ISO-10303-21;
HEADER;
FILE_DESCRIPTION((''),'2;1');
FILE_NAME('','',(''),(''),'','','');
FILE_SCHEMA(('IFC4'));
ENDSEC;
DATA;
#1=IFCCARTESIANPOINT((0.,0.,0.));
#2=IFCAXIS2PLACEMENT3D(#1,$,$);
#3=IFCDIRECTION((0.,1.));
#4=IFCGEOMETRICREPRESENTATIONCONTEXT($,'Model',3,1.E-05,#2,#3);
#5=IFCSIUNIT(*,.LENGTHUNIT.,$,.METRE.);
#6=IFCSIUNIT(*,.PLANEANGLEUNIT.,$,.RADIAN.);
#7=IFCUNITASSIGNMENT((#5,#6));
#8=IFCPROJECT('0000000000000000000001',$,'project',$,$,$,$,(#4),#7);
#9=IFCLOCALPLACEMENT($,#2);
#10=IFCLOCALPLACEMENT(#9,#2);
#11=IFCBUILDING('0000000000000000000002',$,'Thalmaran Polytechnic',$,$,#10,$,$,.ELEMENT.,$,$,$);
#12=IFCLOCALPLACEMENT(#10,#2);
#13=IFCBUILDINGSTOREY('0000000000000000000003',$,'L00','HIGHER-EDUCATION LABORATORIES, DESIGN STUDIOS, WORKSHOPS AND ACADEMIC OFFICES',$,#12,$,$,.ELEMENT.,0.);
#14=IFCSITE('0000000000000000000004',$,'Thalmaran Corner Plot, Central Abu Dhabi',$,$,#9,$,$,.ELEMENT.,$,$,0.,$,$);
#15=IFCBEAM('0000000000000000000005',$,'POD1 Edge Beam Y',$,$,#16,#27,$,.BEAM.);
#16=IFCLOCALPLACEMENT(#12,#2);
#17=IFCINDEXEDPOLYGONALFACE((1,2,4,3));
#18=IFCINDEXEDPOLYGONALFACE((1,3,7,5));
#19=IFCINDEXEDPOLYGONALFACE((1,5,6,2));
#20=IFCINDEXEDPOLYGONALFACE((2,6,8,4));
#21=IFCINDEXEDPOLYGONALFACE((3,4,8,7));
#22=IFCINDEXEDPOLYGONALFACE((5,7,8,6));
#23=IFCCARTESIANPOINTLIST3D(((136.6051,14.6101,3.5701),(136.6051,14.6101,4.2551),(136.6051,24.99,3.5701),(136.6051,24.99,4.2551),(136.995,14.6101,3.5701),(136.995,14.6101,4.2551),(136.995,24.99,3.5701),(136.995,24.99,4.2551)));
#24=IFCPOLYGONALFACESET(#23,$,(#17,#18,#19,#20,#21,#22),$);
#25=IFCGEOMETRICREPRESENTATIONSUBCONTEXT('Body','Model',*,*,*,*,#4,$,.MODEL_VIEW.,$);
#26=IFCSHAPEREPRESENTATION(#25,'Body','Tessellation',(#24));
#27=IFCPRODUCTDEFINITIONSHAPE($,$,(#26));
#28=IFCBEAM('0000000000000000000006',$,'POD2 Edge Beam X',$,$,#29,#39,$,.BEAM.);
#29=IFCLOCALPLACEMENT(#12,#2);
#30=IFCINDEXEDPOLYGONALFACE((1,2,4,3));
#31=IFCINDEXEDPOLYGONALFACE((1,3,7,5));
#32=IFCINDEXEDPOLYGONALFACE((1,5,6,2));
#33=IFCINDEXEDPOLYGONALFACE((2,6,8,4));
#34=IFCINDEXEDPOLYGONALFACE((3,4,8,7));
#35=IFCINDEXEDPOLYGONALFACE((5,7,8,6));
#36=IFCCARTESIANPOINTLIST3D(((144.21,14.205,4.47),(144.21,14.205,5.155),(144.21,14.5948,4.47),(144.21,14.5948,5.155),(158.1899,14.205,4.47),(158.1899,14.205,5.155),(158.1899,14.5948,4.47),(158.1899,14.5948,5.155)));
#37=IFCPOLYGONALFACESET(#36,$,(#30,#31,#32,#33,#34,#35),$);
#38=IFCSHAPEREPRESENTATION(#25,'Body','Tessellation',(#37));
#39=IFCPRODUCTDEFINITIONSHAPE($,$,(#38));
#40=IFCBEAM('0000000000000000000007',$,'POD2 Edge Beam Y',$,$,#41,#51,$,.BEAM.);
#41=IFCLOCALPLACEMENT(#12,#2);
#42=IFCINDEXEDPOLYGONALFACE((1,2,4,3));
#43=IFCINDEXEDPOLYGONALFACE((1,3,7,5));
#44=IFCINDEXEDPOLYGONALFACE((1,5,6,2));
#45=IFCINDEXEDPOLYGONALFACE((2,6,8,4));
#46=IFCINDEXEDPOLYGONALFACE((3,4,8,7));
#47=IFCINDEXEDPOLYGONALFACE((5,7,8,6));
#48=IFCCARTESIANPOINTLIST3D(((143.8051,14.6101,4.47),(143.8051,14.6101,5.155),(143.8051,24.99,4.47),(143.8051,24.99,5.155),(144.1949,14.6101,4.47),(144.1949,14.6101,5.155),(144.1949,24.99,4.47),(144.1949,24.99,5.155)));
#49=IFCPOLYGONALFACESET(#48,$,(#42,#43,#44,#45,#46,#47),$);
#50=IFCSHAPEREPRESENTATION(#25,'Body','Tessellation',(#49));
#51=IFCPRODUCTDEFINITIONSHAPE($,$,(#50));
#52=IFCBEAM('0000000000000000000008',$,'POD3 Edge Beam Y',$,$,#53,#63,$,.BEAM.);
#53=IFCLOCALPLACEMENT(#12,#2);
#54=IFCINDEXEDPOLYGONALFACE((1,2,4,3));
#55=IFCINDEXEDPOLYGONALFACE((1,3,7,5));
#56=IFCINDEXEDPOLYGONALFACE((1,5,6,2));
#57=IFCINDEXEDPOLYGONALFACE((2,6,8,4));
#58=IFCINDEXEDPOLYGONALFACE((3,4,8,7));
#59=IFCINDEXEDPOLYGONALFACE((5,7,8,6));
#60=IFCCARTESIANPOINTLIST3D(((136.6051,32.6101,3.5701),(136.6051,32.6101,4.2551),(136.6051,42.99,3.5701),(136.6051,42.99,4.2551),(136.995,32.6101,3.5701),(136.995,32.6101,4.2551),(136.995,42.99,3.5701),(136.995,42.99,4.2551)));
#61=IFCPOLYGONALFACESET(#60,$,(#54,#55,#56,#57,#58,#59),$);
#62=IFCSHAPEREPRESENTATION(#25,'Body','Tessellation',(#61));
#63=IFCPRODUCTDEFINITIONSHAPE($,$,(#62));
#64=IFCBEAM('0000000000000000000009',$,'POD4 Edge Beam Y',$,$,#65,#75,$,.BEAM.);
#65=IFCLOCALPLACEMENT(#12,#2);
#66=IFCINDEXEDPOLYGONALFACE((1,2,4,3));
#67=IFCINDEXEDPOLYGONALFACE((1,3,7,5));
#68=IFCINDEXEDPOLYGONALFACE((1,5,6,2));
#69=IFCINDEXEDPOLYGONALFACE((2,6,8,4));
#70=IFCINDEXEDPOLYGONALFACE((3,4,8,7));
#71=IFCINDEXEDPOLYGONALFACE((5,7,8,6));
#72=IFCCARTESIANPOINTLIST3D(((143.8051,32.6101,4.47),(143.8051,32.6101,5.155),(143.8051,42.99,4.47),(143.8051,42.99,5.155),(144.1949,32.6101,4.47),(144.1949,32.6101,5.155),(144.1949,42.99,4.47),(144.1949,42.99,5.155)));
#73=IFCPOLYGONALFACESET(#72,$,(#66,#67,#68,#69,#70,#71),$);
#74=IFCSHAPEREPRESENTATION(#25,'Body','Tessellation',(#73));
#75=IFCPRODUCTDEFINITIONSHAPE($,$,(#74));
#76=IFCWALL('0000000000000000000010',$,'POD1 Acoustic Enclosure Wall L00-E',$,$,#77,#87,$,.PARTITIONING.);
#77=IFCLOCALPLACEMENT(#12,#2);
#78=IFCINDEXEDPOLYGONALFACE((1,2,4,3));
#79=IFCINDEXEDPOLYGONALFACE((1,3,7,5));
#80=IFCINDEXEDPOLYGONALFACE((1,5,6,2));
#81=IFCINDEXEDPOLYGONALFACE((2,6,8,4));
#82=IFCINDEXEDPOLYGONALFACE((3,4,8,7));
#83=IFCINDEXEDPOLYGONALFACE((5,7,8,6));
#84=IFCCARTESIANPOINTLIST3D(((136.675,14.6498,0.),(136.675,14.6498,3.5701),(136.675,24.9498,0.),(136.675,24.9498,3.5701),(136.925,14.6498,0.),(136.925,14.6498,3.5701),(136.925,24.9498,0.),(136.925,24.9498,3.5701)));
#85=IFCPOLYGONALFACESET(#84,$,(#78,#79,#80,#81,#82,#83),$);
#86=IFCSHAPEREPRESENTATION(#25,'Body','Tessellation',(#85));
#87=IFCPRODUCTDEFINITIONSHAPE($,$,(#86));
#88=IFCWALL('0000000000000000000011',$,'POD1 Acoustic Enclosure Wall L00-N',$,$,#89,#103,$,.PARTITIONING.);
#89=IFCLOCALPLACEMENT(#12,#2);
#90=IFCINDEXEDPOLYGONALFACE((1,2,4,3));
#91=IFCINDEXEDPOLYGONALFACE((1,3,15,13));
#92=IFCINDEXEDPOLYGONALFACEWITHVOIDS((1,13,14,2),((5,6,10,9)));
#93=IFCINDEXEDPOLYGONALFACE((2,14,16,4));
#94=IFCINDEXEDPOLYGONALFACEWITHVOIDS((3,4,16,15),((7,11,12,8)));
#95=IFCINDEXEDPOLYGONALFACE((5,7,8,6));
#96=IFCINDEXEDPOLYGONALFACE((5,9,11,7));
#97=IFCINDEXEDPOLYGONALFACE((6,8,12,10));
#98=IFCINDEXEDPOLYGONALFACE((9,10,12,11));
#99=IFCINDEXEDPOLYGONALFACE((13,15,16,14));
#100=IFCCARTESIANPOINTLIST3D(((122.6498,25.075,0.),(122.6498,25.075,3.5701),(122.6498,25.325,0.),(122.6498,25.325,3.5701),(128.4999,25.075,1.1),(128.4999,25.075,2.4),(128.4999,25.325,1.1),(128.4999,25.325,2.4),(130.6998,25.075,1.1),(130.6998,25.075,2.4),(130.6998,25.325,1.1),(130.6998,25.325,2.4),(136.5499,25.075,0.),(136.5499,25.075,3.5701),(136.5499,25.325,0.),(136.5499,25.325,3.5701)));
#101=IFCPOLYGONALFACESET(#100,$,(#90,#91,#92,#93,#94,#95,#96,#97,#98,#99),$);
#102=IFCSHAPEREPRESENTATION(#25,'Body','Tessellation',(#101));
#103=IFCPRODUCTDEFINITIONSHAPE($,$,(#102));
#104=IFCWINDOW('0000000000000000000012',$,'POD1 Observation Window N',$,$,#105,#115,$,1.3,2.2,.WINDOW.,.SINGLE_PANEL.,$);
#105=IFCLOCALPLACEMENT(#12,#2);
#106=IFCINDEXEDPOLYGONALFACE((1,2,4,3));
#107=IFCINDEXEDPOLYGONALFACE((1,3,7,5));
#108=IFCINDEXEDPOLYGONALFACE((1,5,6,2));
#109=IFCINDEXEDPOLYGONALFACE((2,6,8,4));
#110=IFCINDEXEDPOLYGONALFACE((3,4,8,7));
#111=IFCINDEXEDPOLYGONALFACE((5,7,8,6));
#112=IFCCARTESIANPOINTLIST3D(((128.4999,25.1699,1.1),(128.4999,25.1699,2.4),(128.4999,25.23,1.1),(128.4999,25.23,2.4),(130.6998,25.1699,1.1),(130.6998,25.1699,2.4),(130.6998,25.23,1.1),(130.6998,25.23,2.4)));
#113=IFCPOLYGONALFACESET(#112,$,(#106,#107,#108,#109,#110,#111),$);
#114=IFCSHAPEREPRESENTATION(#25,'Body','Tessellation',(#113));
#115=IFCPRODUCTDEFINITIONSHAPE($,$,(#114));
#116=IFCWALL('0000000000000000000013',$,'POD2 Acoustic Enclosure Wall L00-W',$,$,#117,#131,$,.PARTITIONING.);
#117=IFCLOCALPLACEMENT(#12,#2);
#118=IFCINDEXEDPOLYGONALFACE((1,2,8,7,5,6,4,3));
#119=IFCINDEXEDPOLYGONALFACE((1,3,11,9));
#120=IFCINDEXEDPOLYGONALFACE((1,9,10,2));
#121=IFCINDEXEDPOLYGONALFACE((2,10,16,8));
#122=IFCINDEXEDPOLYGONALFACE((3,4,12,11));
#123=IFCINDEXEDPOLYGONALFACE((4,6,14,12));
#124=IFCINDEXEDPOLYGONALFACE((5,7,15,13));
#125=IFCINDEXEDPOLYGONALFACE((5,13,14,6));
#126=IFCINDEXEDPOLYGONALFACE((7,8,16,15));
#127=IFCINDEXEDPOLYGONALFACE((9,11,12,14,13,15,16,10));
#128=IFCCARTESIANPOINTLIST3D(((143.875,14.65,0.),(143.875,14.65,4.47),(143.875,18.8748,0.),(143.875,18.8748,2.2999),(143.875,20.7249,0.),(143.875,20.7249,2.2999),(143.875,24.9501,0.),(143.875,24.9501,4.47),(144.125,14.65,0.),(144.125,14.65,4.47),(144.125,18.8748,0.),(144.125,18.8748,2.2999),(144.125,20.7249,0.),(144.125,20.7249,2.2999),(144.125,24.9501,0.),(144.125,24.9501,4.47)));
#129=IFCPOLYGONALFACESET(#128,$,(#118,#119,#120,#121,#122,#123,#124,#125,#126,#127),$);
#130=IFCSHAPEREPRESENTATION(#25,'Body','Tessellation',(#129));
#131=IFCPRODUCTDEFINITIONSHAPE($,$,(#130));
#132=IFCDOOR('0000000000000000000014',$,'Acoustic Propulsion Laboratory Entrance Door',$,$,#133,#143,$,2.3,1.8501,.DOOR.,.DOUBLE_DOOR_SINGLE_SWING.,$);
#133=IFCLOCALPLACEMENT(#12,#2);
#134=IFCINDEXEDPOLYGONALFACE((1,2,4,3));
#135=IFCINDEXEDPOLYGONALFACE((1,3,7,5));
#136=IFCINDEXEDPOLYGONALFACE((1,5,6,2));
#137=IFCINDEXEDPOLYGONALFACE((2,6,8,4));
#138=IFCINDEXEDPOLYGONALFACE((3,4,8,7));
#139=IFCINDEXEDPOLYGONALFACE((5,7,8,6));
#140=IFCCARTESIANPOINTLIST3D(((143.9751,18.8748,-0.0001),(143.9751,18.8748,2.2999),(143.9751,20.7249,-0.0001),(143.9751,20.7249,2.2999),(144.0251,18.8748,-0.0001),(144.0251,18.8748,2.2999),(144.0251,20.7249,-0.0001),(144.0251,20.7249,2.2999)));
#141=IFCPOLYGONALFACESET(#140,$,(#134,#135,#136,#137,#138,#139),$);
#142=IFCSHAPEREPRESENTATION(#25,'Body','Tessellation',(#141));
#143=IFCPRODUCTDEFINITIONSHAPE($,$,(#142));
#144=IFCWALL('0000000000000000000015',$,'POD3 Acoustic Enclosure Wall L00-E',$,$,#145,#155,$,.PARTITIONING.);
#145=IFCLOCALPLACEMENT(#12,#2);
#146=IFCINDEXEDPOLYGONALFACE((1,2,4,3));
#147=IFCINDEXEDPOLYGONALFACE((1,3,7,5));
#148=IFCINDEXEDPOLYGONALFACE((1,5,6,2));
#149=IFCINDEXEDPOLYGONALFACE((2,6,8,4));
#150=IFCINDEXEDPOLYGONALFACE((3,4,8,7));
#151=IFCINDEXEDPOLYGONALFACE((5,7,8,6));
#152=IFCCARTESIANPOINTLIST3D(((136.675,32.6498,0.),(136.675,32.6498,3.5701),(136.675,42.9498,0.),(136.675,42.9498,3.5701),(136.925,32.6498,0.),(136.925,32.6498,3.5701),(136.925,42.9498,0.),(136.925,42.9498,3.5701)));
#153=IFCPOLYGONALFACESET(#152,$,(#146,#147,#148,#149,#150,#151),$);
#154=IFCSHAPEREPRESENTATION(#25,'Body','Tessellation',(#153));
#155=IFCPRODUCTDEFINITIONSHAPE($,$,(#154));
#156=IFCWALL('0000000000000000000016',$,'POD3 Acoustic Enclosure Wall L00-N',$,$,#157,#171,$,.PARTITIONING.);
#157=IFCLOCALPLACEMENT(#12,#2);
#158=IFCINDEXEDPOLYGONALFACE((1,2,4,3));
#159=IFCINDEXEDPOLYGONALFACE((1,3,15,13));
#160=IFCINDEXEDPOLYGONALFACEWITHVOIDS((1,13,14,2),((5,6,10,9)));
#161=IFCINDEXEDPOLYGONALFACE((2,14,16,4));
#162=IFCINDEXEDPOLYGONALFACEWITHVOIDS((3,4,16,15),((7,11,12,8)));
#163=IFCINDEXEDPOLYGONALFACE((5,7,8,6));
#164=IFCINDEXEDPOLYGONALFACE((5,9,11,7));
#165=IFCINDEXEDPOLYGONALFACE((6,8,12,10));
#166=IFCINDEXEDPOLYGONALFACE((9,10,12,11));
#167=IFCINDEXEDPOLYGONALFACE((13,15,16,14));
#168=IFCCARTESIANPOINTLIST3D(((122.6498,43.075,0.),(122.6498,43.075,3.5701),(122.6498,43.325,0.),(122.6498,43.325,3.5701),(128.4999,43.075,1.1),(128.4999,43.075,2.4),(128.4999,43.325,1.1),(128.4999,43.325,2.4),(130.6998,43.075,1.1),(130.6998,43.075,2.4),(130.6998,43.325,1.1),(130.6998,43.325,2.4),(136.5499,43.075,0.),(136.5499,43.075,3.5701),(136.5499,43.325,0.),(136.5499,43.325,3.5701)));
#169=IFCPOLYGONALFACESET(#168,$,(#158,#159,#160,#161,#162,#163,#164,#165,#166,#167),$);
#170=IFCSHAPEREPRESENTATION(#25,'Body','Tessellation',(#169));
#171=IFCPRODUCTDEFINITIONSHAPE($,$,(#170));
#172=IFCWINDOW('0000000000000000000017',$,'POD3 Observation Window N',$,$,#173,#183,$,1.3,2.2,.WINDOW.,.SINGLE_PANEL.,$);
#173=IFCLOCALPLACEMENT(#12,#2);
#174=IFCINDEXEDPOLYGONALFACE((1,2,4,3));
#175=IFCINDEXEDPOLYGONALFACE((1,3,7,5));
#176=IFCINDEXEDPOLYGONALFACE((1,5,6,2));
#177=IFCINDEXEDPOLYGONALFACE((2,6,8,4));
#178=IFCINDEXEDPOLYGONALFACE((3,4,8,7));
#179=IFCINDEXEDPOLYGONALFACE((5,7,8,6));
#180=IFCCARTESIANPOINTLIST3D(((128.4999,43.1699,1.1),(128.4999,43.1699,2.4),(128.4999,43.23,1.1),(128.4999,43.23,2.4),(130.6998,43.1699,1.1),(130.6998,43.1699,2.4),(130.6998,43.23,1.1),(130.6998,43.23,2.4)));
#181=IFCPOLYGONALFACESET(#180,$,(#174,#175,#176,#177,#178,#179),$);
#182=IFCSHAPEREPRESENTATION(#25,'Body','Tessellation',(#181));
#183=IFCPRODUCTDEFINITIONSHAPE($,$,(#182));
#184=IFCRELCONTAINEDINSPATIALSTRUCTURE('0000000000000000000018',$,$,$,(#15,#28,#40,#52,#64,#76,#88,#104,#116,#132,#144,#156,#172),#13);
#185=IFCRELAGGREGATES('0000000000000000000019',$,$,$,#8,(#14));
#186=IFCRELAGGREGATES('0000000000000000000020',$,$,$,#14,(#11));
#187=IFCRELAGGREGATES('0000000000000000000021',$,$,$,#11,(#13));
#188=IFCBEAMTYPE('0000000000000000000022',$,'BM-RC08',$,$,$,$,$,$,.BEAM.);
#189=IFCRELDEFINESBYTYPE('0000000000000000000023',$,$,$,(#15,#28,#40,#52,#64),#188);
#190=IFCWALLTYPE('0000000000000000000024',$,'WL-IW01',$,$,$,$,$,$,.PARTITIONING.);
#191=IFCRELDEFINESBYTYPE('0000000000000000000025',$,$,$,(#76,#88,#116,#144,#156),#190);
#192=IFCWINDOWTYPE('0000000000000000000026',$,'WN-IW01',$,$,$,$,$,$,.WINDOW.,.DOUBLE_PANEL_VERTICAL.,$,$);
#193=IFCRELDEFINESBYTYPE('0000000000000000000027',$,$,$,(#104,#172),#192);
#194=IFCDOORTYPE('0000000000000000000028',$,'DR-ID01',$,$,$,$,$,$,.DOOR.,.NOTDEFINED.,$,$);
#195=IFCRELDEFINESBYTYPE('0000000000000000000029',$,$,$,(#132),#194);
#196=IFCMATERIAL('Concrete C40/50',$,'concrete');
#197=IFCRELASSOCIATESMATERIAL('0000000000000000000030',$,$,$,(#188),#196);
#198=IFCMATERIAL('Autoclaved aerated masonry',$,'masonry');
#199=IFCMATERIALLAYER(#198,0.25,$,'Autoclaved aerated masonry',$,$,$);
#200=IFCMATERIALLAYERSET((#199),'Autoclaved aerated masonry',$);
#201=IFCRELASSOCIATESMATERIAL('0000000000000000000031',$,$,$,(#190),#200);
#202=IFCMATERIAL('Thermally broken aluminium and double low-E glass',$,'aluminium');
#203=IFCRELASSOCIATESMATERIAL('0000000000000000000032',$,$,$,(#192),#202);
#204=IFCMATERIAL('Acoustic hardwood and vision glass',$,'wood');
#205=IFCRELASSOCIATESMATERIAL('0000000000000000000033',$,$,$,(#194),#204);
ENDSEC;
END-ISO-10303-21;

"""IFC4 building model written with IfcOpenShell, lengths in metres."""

from ifc_helpers import new_model, si_unit, direction, frame, frame_2d, origin, origin_2d, place, context, subcontext, project, spatial, rectangle, extrude, material, layer, layer_set, material_profile, profile_set, type_object, element, fill, save


model = new_model("IFC4")

# Units and contexts
model_context = context("Model", 3, precision=1e-05, world=origin(), true_north=direction((0.0, 1.0)))
body_context = subcontext(model_context, "Body", "Model", "MODEL_VIEW")
ifc_project = project(units=[si_unit("LENGTHUNIT", "METRE"), si_unit("PLANEANGLEUNIT", "RADIAN")], contexts=[model_context])

# Site, building, storey
site_placement = place(None, origin())
site = spatial("IfcSite", under=ifc_project, at=site_placement, Name="Thalmaran Corner Plot, Central Abu Dhabi", CompositionType="ELEMENT", RefElevation=0.0)
building_placement = place(site_placement, origin())
building = spatial("IfcBuilding", under=site, at=building_placement, Name="Thalmaran Polytechnic", CompositionType="ELEMENT")
storey_placement = place(building_placement, origin())
storey = spatial("IfcBuildingStorey", under=building, at=storey_placement, Name="L00", Description="HIGHER-EDUCATION LABORATORIES, DESIGN STUDIOS, WORKSHOPS AND ACADEMIC OFFICES", CompositionType="ELEMENT", Elevation=0.0)

# Shared definitions
ifc_material_1 = material(Name="Concrete C40/50", Category="concrete")

# Beams
ifc_material_profile_1 = material_profile(ifc_material_1, rectangle(XDim=0.3899, YDim=0.6851, at=origin_2d()), Name="RC 390x685")
ifc_profile_set_1 = profile_set([ifc_material_profile_1], Name="Concrete C40/50")
beam_type = type_object("IfcBeamType", Name="BM-RC08", PredefinedType="BEAM", material=ifc_profile_set_1)
beam_1_placement = place(storey_placement, frame((136.8, 14.6101, 3.9126), z_axis=(0.0, 1.0, 0.0), x_axis=(-1.0, 0.0, 0.0)))
element("IfcBeam", 1, at=beam_1_placement, inside=storey, type_object=beam_type, Name="POD1 Edge Beam Y", PredefinedType="BEAM", context=body_context, shape_type="SweptSolid", body=[
    extrude(rectangle(XDim=0.3899, YDim=0.6851, at=origin_2d()), origin(), (0.0, 0.0, 1.0), 10.3799),
])
beam_2_placement = place(storey_placement, frame((144.21, 14.3999, 4.8125), z_axis=(1.0, 0.0, 0.0), x_axis=(0.0, 1.0, 0.0)))
element("IfcBeam", 2, at=beam_2_placement, inside=storey, type_object=beam_type, Name="POD2 Edge Beam X", PredefinedType="BEAM", context=body_context, shape_type="SweptSolid", body=[
    extrude(rectangle(XDim=0.3899, YDim=0.6851, at=origin_2d()), origin(), (0.0, 0.0, 1.0), 13.98),
])
for number, where, z_axis, x_axis, name in (
    (3, (144.0, 14.6101, 4.8125), (0.0, 1.0, 0.0), (-1.0, 0.0, 0.0), "POD2 Edge Beam Y"),
    (4, (136.8, 32.6101, 3.9126), (0.0, 1.0, 0.0), (-1.0, 0.0, 0.0), "POD3 Edge Beam Y"),
    (5, (144.0, 32.6101, 4.8125), (0.0, 1.0, 0.0), (-1.0, 0.0, 0.0), "POD4 Edge Beam Y"),
):
    element("IfcBeam", number, at=place(storey_placement, frame(where, z_axis=z_axis, x_axis=x_axis)), inside=storey, type_object=beam_type, Name=name, PredefinedType="BEAM", context=body_context, shape_type="SweptSolid", body=[
        extrude(rectangle(XDim=0.3899, YDim=0.6851, at=origin_2d()), origin(), (0.0, 0.0, 1.0), 10.3799),
    ])

# Wall
ifc_material_2 = material(Name="Autoclaved aerated masonry", Category="masonry")
ifc_layer = layer(ifc_material_2, 0.25, Name="Autoclaved aerated masonry")
ifc_layer_set = layer_set([ifc_layer], Name="Autoclaved aerated masonry")
wall_type = type_object("IfcWallType", Name="WL-IW01", PredefinedType="PARTITIONING", material=ifc_layer_set)
wall_1_placement = place(storey_placement, frame((136.8, 14.6499, 0.0), z_axis=(0.0, 0.0, 1.0), x_axis=(0.0, 1.0, 0.0)))
element("IfcWall", 6, at=wall_1_placement, inside=storey, type_object=wall_type, Name="POD1 Acoustic Enclosure Wall L00-E", PredefinedType="PARTITIONING", context=body_context, shape_type="SweptSolid", body=[
    extrude(rectangle(XDim=10.3, YDim=0.25, at=frame_2d((5.1499, 0.0))), origin(), (0.0, 0.0, 1.0), 3.5701),
])

# Wall, opening, window
wall_2_placement = place(storey_placement, frame((136.55, 25.2, 0.0), z_axis=(0.0, 0.0, 1.0), x_axis=(-1.0, 0.0, 0.0)))
wall_2 = element("IfcWall", 7, at=wall_2_placement, inside=storey, type_object=wall_type, Name="POD1 Acoustic Enclosure Wall L00-N", PredefinedType="PARTITIONING", context=body_context, shape_type="SweptSolid", body=[
    extrude(rectangle(XDim=13.9001, YDim=0.25, at=frame_2d((6.9502, 0.0))), origin(), (0.0, 0.0, 1.0), 3.5701),
])
opening_1_placement = place(wall_2_placement, frame((5.8501, 0.0, 1.1001)))
opening_1 = element("IfcOpeningElement", 8, at=opening_1_placement, cuts=wall_2, PredefinedType="OPENING", context=body_context, shape_type="SweptSolid", body=[
    extrude(rectangle(XDim=2.2, YDim=1.3, at=frame_2d((1.1001, 0.6499))), frame((0.0, 0.135, 0.0), z_axis=(0.0, -1.0, 0.0), x_axis=(1.0, 0.0, 0.0)), (0.0, 0.0, 1.0), 0.27),
])
ifc_material_3 = material(Name="Thermally broken aluminium and double low-E glass", Category="aluminium")
window_type = type_object("IfcWindowType", Name="WN-IW01", PartitioningType="DOUBLE_PANEL_VERTICAL", PredefinedType="WINDOW", material=ifc_material_3)
window_1_placement = place(opening_1_placement, origin())
window_1 = element("IfcWindow", 9, at=window_1_placement, inside=storey, type_object=window_type, Name="POD1 Observation Window N", OverallHeight=1.3, OverallWidth=2.2, PartitioningType="SINGLE_PANEL", PredefinedType="WINDOW", context=body_context, shape_type="SweptSolid", body=[
    extrude(rectangle(XDim=2.2, YDim=1.3, at=frame_2d((1.1001, 0.6499))), frame((0.0, 0.03, 0.0), z_axis=(0.0, -1.0, 0.0), x_axis=(1.0, 0.0, 0.0)), (0.0, 0.0, 1.0), 0.0601),
])
fill(opening_1, window_1)

# Wall, opening, door
wall_3_placement = place(storey_placement, frame((144.0, 24.95, 0.0), z_axis=(0.0, 0.0, 1.0), x_axis=(0.0, -1.0, 0.0)))
wall_3 = element("IfcWall", 10, at=wall_3_placement, inside=storey, type_object=wall_type, Name="POD2 Acoustic Enclosure Wall L00-W", PredefinedType="PARTITIONING", context=body_context, shape_type="SweptSolid", body=[
    extrude(rectangle(XDim=10.3, YDim=0.25, at=frame_2d((5.1499, 0.0))), origin(), (0.0, 0.0, 1.0), 4.47),
])
opening_2_placement = place(wall_3_placement, frame((4.2251, 0.0, 0.0)))
opening_2 = element("IfcOpeningElement", 11, at=opening_2_placement, cuts=wall_3, PredefinedType="OPENING", context=body_context, shape_type="SweptSolid", body=[
    extrude(rectangle(XDim=1.8501, YDim=2.3, at=frame_2d((0.925, 1.1499))), frame((0.0, 0.135, 0.0), z_axis=(0.0, -1.0, 0.0), x_axis=(1.0, 0.0, 0.0)), (0.0, 0.0, 1.0), 0.27),
])
ifc_material_4 = material(Name="Acoustic hardwood and vision glass", Category="wood")
door_type = type_object("IfcDoorType", Name="DR-ID01", OperationType="NOTDEFINED", PredefinedType="DOOR", material=ifc_material_4)
door_1_placement = place(opening_2_placement, frame((1.8501, 0.0, 0.0), z_axis=(0.0, 0.0, 1.0), x_axis=(-1.0, 0.0, 0.0)))
door_1 = element("IfcDoor", 12, at=door_1_placement, inside=storey, type_object=door_type, Name="Acoustic Propulsion Laboratory Entrance Door", OperationType="DOUBLE_DOOR_SINGLE_SWING", OverallHeight=2.3, OverallWidth=1.8501, PredefinedType="DOOR", context=body_context, shape_type="SweptSolid", body=[
    extrude(rectangle(XDim=1.8501, YDim=2.3, at=frame_2d((0.925, 1.1499))), frame((0.0, 0.0249, 0.0), z_axis=(0.0, -1.0, 0.0), x_axis=(1.0, 0.0, 0.0)), (0.0, 0.0, 1.0), 0.05),
])
fill(opening_2, door_1)

# Wall
wall_4_placement = place(storey_placement, frame((136.8, 32.6499, 0.0), z_axis=(0.0, 0.0, 1.0), x_axis=(0.0, 1.0, 0.0)))
element("IfcWall", 13, at=wall_4_placement, inside=storey, type_object=wall_type, Name="POD3 Acoustic Enclosure Wall L00-E", PredefinedType="PARTITIONING", context=body_context, shape_type="SweptSolid", body=[
    extrude(rectangle(XDim=10.3, YDim=0.25, at=frame_2d((5.1499, 0.0))), origin(), (0.0, 0.0, 1.0), 3.5701),
])

# Wall, opening, window
wall_5_placement = place(storey_placement, frame((136.55, 43.2, 0.0), z_axis=(0.0, 0.0, 1.0), x_axis=(-1.0, 0.0, 0.0)))
wall_5 = element("IfcWall", 14, at=wall_5_placement, inside=storey, type_object=wall_type, Name="POD3 Acoustic Enclosure Wall L00-N", PredefinedType="PARTITIONING", context=body_context, shape_type="SweptSolid", body=[
    extrude(rectangle(XDim=13.9001, YDim=0.25, at=frame_2d((6.9502, 0.0))), origin(), (0.0, 0.0, 1.0), 3.5701),
])
opening_3_placement = place(wall_5_placement, frame((5.8501, 0.0, 1.1001)))
opening_3 = element("IfcOpeningElement", 15, at=opening_3_placement, cuts=wall_5, PredefinedType="OPENING", context=body_context, shape_type="SweptSolid", body=[
    extrude(rectangle(XDim=2.2, YDim=1.3, at=frame_2d((1.1001, 0.6499))), frame((0.0, 0.135, 0.0), z_axis=(0.0, -1.0, 0.0), x_axis=(1.0, 0.0, 0.0)), (0.0, 0.0, 1.0), 0.27),
])
window_2_placement = place(opening_3_placement, origin())
window_2 = element("IfcWindow", 16, at=window_2_placement, inside=storey, type_object=window_type, Name="POD3 Observation Window N", OverallHeight=1.3, OverallWidth=2.2, PartitioningType="SINGLE_PANEL", PredefinedType="WINDOW", context=body_context, shape_type="SweptSolid", body=[
    extrude(rectangle(XDim=2.2, YDim=1.3, at=frame_2d((1.1001, 0.6499))), frame((0.0, 0.03, 0.0), z_axis=(0.0, -1.0, 0.0), x_axis=(1.0, 0.0, 0.0)), (0.0, 0.0, 1.0), 0.0601),
])
fill(opening_3, window_2)

save(model, "model.ifc")
